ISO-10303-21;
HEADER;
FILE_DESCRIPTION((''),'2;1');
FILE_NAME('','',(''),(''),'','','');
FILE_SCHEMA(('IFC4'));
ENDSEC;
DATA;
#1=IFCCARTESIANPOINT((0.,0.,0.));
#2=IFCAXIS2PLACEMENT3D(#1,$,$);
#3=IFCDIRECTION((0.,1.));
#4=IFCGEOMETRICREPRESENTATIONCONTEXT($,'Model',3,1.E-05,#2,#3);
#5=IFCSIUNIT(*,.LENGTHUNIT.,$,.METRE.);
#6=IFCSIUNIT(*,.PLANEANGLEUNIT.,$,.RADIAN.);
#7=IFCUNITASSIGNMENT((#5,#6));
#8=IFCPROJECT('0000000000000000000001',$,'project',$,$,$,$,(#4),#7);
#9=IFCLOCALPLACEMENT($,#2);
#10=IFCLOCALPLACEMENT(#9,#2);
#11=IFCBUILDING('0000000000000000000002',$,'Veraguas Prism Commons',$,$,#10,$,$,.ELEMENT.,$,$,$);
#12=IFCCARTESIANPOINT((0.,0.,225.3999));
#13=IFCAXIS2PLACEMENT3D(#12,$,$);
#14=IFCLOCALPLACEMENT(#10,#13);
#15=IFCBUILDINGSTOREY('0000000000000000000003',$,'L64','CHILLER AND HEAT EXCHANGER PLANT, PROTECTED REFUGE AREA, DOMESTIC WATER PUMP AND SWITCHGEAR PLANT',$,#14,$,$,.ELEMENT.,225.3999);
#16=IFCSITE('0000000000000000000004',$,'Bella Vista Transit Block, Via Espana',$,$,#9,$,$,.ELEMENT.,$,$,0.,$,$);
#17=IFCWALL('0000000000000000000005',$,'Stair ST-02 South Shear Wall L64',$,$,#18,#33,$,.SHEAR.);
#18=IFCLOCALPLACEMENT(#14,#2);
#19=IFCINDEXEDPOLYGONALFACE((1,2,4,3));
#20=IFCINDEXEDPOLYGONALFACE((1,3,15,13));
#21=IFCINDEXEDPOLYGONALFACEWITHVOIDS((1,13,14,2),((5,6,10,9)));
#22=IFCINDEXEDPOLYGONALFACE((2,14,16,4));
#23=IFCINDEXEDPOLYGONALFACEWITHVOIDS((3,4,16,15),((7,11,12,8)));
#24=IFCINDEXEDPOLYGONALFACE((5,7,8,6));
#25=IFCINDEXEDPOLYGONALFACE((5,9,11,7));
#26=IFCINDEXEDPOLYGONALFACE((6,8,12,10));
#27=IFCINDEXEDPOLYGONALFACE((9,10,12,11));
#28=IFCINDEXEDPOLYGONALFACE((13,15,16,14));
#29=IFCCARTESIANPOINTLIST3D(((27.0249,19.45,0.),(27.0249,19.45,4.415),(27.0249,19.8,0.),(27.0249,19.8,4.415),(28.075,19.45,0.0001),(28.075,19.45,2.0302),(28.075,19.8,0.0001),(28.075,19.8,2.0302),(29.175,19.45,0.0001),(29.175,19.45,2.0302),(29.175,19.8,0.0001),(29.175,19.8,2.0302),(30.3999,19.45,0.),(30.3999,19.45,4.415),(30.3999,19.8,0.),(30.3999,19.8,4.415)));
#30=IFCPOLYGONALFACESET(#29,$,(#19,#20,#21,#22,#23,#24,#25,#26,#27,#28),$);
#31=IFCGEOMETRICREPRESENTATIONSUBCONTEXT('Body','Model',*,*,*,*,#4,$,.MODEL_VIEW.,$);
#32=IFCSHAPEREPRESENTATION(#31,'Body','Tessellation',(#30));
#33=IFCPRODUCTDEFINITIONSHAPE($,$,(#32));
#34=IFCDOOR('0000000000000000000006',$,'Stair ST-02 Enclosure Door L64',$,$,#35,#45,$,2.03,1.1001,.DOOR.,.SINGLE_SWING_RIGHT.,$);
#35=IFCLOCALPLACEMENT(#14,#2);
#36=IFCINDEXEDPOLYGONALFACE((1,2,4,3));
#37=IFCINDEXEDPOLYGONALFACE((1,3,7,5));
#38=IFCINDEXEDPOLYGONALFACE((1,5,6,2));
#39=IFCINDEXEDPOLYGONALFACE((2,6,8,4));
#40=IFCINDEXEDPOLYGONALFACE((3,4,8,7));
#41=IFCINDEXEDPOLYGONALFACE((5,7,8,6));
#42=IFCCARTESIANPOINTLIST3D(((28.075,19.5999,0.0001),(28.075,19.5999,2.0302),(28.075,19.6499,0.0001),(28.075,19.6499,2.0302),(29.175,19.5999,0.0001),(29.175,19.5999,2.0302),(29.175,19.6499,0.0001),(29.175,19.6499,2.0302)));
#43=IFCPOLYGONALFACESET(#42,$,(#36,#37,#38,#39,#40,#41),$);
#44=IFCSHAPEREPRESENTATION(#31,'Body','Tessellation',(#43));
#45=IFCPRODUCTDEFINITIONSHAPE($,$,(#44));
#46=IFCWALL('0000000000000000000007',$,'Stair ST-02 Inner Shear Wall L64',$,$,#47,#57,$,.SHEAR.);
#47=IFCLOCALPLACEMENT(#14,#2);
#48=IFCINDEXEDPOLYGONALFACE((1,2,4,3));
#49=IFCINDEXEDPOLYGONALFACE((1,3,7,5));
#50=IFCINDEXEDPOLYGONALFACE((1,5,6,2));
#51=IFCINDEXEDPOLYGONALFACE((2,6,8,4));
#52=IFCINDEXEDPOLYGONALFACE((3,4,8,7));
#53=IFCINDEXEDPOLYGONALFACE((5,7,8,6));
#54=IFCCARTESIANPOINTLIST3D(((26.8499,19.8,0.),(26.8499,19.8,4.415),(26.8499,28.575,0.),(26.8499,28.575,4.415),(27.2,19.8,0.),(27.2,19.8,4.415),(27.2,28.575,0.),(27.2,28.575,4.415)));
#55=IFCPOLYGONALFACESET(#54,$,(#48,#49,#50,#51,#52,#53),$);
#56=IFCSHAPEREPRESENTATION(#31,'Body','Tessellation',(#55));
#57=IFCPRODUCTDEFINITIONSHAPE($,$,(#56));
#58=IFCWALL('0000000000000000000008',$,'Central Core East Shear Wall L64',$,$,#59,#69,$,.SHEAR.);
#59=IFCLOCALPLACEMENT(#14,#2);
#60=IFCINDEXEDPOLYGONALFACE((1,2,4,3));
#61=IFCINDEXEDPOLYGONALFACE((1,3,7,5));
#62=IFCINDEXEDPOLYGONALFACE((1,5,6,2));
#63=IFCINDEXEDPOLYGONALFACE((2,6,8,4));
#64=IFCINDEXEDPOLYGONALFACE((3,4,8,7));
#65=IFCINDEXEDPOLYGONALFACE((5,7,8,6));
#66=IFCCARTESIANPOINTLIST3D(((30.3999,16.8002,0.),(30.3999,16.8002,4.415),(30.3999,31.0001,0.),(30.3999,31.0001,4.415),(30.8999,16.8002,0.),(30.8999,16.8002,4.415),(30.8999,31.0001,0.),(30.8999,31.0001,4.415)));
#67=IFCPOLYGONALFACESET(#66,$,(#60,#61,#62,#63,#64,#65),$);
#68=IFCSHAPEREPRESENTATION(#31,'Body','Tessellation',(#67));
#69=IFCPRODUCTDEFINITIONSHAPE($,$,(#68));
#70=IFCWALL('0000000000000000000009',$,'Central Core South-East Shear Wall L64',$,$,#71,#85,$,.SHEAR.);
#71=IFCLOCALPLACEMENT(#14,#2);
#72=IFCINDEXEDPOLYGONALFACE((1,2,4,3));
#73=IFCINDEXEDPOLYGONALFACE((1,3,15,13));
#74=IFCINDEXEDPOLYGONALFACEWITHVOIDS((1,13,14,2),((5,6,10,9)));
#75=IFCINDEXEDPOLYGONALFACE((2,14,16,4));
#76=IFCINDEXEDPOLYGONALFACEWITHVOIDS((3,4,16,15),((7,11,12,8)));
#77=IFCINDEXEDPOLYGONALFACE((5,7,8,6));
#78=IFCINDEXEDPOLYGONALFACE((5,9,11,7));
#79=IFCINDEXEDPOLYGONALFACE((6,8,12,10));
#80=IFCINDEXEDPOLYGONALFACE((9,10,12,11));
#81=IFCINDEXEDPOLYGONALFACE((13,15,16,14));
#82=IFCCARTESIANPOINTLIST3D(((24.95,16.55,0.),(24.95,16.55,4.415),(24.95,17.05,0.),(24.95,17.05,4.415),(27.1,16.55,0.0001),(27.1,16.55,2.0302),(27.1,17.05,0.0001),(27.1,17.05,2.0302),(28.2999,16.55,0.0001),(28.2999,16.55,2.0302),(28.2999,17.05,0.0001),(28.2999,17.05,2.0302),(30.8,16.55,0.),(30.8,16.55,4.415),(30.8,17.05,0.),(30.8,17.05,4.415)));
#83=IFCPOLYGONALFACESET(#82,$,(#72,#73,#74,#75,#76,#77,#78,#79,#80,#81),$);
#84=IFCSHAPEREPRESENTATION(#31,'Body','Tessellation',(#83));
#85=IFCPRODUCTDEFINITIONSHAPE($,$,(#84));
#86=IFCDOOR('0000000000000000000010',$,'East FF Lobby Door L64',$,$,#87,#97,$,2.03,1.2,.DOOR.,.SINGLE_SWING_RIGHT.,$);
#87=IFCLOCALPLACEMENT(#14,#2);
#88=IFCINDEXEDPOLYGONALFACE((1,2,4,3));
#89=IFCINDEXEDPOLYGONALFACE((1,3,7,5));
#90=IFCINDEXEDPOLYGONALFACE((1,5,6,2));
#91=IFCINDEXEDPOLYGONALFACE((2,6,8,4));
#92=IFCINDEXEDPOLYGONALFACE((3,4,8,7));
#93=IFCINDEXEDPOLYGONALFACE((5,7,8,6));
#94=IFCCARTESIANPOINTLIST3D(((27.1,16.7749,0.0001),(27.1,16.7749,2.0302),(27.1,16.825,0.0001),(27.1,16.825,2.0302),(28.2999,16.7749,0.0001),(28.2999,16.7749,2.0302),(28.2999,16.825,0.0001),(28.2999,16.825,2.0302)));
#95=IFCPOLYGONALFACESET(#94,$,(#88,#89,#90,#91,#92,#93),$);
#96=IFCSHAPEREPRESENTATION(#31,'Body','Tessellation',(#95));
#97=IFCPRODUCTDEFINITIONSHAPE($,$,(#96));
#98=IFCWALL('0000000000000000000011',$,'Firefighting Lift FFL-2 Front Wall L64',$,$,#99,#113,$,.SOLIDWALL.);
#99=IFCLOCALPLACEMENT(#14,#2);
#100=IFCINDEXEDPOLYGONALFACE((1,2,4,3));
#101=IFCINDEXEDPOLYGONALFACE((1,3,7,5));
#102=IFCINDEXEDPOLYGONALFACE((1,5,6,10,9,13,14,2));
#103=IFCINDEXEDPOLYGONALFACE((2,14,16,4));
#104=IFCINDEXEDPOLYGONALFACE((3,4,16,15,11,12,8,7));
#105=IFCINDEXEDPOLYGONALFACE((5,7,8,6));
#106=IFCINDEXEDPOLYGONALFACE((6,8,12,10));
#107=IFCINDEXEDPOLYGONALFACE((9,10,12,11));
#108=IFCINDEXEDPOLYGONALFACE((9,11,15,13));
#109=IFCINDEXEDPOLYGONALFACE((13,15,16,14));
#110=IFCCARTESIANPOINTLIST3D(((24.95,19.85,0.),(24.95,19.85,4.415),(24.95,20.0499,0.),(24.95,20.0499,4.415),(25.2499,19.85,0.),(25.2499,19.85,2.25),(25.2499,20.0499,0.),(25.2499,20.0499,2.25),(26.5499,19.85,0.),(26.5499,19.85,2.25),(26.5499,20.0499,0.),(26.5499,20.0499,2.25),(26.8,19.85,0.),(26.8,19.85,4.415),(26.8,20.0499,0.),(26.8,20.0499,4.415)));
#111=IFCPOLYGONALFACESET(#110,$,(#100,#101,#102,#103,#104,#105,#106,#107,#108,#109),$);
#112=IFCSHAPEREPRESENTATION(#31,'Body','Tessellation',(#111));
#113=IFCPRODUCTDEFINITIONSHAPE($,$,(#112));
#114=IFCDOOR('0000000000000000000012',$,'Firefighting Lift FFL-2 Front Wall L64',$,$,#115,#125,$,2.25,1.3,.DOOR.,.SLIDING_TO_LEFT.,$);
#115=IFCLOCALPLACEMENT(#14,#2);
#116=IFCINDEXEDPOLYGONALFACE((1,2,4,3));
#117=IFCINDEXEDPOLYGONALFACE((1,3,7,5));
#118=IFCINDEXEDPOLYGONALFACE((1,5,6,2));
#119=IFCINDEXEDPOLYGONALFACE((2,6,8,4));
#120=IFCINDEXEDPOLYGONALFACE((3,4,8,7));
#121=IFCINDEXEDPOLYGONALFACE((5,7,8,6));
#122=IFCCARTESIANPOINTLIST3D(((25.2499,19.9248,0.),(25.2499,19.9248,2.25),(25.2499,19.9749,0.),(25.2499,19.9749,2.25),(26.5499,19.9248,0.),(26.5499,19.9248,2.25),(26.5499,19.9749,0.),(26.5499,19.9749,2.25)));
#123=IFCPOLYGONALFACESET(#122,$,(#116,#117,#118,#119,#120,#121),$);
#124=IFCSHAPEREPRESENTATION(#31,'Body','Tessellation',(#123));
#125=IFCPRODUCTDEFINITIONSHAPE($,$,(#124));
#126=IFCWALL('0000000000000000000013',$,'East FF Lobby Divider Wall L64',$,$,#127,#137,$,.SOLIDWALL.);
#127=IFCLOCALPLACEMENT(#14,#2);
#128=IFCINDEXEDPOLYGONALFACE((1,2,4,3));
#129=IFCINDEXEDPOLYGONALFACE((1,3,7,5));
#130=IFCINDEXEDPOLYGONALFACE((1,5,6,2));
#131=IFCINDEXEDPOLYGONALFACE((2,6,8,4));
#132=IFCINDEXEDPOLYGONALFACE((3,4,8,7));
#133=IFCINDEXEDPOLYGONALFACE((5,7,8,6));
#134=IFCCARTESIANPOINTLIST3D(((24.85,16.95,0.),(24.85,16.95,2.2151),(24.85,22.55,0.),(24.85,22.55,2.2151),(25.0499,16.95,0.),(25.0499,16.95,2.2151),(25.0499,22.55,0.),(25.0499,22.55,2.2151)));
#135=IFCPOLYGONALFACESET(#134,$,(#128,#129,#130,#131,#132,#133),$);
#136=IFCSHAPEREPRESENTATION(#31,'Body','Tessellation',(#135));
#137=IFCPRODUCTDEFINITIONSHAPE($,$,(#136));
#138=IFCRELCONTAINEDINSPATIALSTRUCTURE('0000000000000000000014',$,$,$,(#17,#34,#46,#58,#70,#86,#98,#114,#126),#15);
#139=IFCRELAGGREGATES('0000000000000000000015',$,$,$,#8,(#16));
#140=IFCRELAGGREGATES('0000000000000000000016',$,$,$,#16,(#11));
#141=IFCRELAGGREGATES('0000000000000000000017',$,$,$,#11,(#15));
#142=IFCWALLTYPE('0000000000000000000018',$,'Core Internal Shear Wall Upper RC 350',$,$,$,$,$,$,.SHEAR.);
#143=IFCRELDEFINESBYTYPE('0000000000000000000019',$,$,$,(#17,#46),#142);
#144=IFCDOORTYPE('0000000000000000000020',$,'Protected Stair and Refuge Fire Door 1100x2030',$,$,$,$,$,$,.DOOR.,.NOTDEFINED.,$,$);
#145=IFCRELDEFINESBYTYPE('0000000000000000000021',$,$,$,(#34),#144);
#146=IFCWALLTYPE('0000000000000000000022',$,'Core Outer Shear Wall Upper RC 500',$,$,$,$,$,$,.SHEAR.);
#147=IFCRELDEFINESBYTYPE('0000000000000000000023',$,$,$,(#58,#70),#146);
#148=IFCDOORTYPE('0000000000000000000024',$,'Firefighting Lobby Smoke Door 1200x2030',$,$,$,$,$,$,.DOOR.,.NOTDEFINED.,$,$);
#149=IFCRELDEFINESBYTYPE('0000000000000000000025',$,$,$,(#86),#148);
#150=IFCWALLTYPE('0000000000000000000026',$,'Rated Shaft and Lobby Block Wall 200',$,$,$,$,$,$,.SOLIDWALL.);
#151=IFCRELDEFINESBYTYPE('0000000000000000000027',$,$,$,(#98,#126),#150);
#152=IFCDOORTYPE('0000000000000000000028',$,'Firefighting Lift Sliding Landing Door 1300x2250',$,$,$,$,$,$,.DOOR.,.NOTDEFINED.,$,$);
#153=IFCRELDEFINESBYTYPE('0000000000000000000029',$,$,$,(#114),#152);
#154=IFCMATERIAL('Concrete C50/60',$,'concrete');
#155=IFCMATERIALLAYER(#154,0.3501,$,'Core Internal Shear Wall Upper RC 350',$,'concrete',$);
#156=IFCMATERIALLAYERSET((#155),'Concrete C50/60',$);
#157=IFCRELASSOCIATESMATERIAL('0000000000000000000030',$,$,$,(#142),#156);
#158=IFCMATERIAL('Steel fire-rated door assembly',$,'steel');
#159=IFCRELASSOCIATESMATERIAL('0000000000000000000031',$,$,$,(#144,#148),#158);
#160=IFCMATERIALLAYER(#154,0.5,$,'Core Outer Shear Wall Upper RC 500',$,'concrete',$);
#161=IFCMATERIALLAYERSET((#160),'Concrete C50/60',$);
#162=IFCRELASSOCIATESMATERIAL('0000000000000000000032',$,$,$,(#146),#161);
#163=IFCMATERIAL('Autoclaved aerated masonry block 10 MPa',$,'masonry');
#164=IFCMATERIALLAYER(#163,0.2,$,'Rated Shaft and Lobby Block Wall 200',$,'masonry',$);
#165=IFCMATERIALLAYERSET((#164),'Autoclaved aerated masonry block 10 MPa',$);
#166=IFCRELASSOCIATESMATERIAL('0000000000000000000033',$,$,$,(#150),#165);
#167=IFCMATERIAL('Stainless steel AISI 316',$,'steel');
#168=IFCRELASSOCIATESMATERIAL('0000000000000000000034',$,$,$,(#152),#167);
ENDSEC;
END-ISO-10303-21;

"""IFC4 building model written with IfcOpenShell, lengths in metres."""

from ifc_helpers import new_model, si_unit, direction, frame, frame_2d, origin, place, context, subcontext, project, spatial, rectangle, extrude, source, transform, mapped, material, layer, layer_set, type_object, element, fill, save


model = new_model("IFC4")

# Units and contexts
model_context = context("Model", 3, precision=1e-05, world=origin(), true_north=direction((0.0, 1.0)))
body_context = subcontext(model_context, "Body", "Model", "MODEL_VIEW")
ifc_project = project(units=[si_unit("LENGTHUNIT", "METRE"), si_unit("PLANEANGLEUNIT", "RADIAN")], contexts=[model_context])

# Site, building, storey
site_placement = place(None, origin())
site = spatial("IfcSite", under=ifc_project, at=site_placement, Name="Bella Vista Transit Block, Via Espana", CompositionType="ELEMENT", RefElevation=0.0)
building_placement = place(site_placement, origin())
building = spatial("IfcBuilding", under=site, at=building_placement, Name="Veraguas Prism Commons", CompositionType="ELEMENT")
storey_placement = place(building_placement, frame((0.0, 0.0, 225.3999)))
storey = spatial("IfcBuildingStorey", under=building, at=storey_placement, Name="L64", Description="CHILLER AND HEAT EXCHANGER PLANT, PROTECTED REFUGE AREA, DOMESTIC WATER PUMP AND SWITCHGEAR PLANT", CompositionType="ELEMENT", Elevation=225.3999)

# Shared definitions
ifc_material_1 = material(Name="Concrete C50/60", Category="concrete")

# Wall, opening, door
ifc_layer_1 = layer(ifc_material_1, 0.3501, Name="Core Internal Shear Wall Upper RC 350", Category="concrete")
ifc_layer_set_1 = layer_set([ifc_layer_1], Name="Concrete C50/60")
wall_type_1 = type_object("IfcWallType", Name="Core Internal Shear Wall Upper RC 350", PredefinedType="SHEAR", material=ifc_layer_set_1)
wall_1_placement = place(storey_placement, frame((27.0249, 19.625, 0.0), z_axis=(0.0, 0.0, 1.0), x_axis=(1.0, 0.0, 0.0)))
wall_1 = element("IfcWall", 1, at=wall_1_placement, inside=storey, type_object=wall_type_1, Name="Stair ST-02 South Shear Wall L64", PredefinedType="SHEAR", context=body_context, shape_type="SweptSolid", body=[
    extrude(rectangle(XDim=3.375, YDim=0.3501, at=frame_2d((1.6875, 0.0))), origin(), (0.0, 0.0, 1.0), 4.415),
])
opening_1_placement = place(wall_1_placement, frame((1.05, 0.0, 0.0)))
opening_1 = element("IfcOpeningElement", 2, at=opening_1_placement, cuts=wall_1, PredefinedType="OPENING", context=body_context, shape_type="SweptSolid", body=[
    extrude(rectangle(XDim=1.1001, YDim=2.03, at=frame_2d((0.55, 1.0151))), frame((0.0, 0.1851, 0.0), z_axis=(0.0, -1.0, 0.0), x_axis=(1.0, 0.0, 0.0)), (0.0, 0.0, 1.0), 0.3701),
])
ifc_material_2 = material(Name="Steel fire-rated door assembly", Category="steel")
door_type_1 = type_object("IfcDoorType", Name="Protected Stair and Refuge Fire Door 1100x2030", OperationType="NOTDEFINED", PredefinedType="DOOR", material=ifc_material_2)
shared_shape_1 = source(origin(), body_context, "Body", "SweptSolid", [
    extrude(rectangle(XDim=1.1001, YDim=2.03, at=frame_2d((0.55, 1.0151))), frame((0.0, 0.0249, 0.0), z_axis=(0.0, -1.0, 0.0), x_axis=(1.0, 0.0, 0.0)), (0.0, 0.0, 1.0), 0.05),
])
door_1_placement = place(opening_1_placement, origin())
door_1 = element("IfcDoor", 3, at=door_1_placement, inside=storey, type_object=door_type_1, Name="Stair ST-02 Enclosure Door L64", OperationType="SINGLE_SWING_RIGHT", OverallHeight=2.03, OverallWidth=1.1001, PredefinedType="DOOR", context=body_context, shape_type="MappedRepresentation", body=[
    mapped(shared_shape_1, transform((0.0, 0.0, 0.0), scale=1.0)),
])
fill(opening_1, door_1)

# Walls
wall_2_placement = place(storey_placement, frame((27.0249, 19.8, 0.0), z_axis=(0.0, 0.0, 1.0), x_axis=(0.0, 1.0, 0.0)))
element("IfcWall", 4, at=wall_2_placement, inside=storey, type_object=wall_type_1, Name="Stair ST-02 Inner Shear Wall L64", PredefinedType="SHEAR", context=body_context, shape_type="SweptSolid", body=[
    extrude(rectangle(XDim=8.7749, YDim=0.3501, at=frame_2d((4.3875, 0.0))), origin(), (0.0, 0.0, 1.0), 4.415),
])
ifc_layer_2 = layer(ifc_material_1, 0.5, Name="Core Outer Shear Wall Upper RC 500", Category="concrete")
ifc_layer_set_2 = layer_set([ifc_layer_2], Name="Concrete C50/60")
wall_type_2 = type_object("IfcWallType", Name="Core Outer Shear Wall Upper RC 500", PredefinedType="SHEAR", material=ifc_layer_set_2)
wall_3_placement = place(storey_placement, frame((30.6499, 16.8, 0.0), z_axis=(0.0, 0.0, 1.0), x_axis=(0.0, 1.0, 0.0)))
element("IfcWall", 5, at=wall_3_placement, inside=storey, type_object=wall_type_2, Name="Central Core East Shear Wall L64", PredefinedType="SHEAR", context=body_context, shape_type="SweptSolid", body=[
    extrude(rectangle(XDim=14.2, YDim=0.5, at=frame_2d((7.1001, 0.0))), origin(), (0.0, 0.0, 1.0), 4.415),
])

# Walls, openings, doors
wall_4_placement = place(storey_placement, frame((24.95, 16.8, 0.0), z_axis=(0.0, 0.0, 1.0), x_axis=(1.0, 0.0, 0.0)))
wall_4 = element("IfcWall", 6, at=wall_4_placement, inside=storey, type_object=wall_type_2, Name="Central Core South-East Shear Wall L64", PredefinedType="SHEAR", context=body_context, shape_type="SweptSolid", body=[
    extrude(rectangle(XDim=5.8501, YDim=0.5, at=frame_2d((2.925, 0.0))), origin(), (0.0, 0.0, 1.0), 4.415),
])
opening_2_placement = place(wall_4_placement, frame((2.1499, 0.0, 0.0)))
opening_2 = element("IfcOpeningElement", 7, at=opening_2_placement, cuts=wall_4, PredefinedType="OPENING", context=body_context, shape_type="SweptSolid", body=[
    extrude(rectangle(XDim=1.2, YDim=2.03, at=frame_2d((0.6001, 1.0151))), frame((0.0, 0.26, 0.0), z_axis=(0.0, -1.0, 0.0), x_axis=(1.0, 0.0, 0.0)), (0.0, 0.0, 1.0), 0.52),
])
door_type_2 = type_object("IfcDoorType", Name="Firefighting Lobby Smoke Door 1200x2030", OperationType="NOTDEFINED", PredefinedType="DOOR", material=ifc_material_2)
shared_shape_2 = source(origin(), body_context, "Body", "SweptSolid", [
    extrude(rectangle(XDim=1.2, YDim=2.03, at=frame_2d((0.6001, 1.0151))), frame((0.0, 0.0249, 0.0), z_axis=(0.0, -1.0, 0.0), x_axis=(1.0, 0.0, 0.0)), (0.0, 0.0, 1.0), 0.05),
])
door_2_placement = place(opening_2_placement, origin())
door_2 = element("IfcDoor", 8, at=door_2_placement, inside=storey, type_object=door_type_2, Name="East FF Lobby Door L64", OperationType="SINGLE_SWING_RIGHT", OverallHeight=2.03, OverallWidth=1.2, PredefinedType="DOOR", context=body_context, shape_type="MappedRepresentation", body=[
    mapped(shared_shape_2, transform((0.0, 0.0, 0.0), scale=1.0)),
])
fill(opening_2, door_2)
ifc_material_3 = material(Name="Autoclaved aerated masonry block 10 MPa", Category="masonry")
ifc_layer_3 = layer(ifc_material_3, 0.2, Name="Rated Shaft and Lobby Block Wall 200", Category="masonry")
ifc_layer_set_3 = layer_set([ifc_layer_3], Name="Autoclaved aerated masonry block 10 MPa")
wall_type_3 = type_object("IfcWallType", Name="Rated Shaft and Lobby Block Wall 200", PredefinedType="SOLIDWALL", material=ifc_layer_set_3)
wall_5_placement = place(storey_placement, frame((24.95, 19.95, 0.0), z_axis=(0.0, 0.0, 1.0), x_axis=(1.0, 0.0, 0.0)))
wall_5 = element("IfcWall", 9, at=wall_5_placement, inside=storey, type_object=wall_type_3, Name="Firefighting Lift FFL-2 Front Wall L64", PredefinedType="SOLIDWALL", context=body_context, shape_type="SweptSolid", body=[
    extrude(rectangle(XDim=1.8501, YDim=0.2, at=frame_2d((0.925, 0.0))), origin(), (0.0, 0.0, 1.0), 4.415),
])
opening_3_placement = place(wall_5_placement, frame((0.3, 0.0, 0.0)))
opening_3 = element("IfcOpeningElement", 10, at=opening_3_placement, cuts=wall_5, PredefinedType="OPENING", context=body_context, shape_type="SweptSolid", body=[
    extrude(rectangle(XDim=1.3, YDim=2.25, at=frame_2d((0.6499, 1.125))), frame((0.0, 0.1099, 0.0), z_axis=(0.0, -1.0, 0.0), x_axis=(1.0, 0.0, 0.0)), (0.0, 0.0, 1.0), 0.22),
])
ifc_material_4 = material(Name="Stainless steel AISI 316", Category="steel")
door_type_3 = type_object("IfcDoorType", Name="Firefighting Lift Sliding Landing Door 1300x2250", OperationType="NOTDEFINED", PredefinedType="DOOR", material=ifc_material_4)
shared_shape_3 = source(origin(), body_context, "Body", "SweptSolid", [
    extrude(rectangle(XDim=1.3, YDim=2.25, at=frame_2d((0.6499, 1.125))), frame((0.0, 0.0249, 0.0), z_axis=(0.0, -1.0, 0.0), x_axis=(1.0, 0.0, 0.0)), (0.0, 0.0, 1.0), 0.05),
])
door_3_placement = place(opening_3_placement, origin())
door_3 = element("IfcDoor", 11, at=door_3_placement, inside=storey, type_object=door_type_3, Name="Firefighting Lift FFL-2 Front Wall L64", OperationType="SLIDING_TO_LEFT", OverallHeight=2.25, OverallWidth=1.3, PredefinedType="DOOR", context=body_context, shape_type="MappedRepresentation", body=[
    mapped(shared_shape_3, transform((0.0, 0.0, 0.0), scale=1.0)),
])
fill(opening_3, door_3)

# Wall
wall_6_placement = place(storey_placement, frame((24.95, 16.95, 0.0), z_axis=(0.0, 0.0, 1.0), x_axis=(0.0, 1.0, 0.0)))
element("IfcWall", 12, at=wall_6_placement, inside=storey, type_object=wall_type_3, Name="East FF Lobby Divider Wall L64", PredefinedType="SOLIDWALL", context=body_context, shape_type="SweptSolid", body=[
    extrude(rectangle(XDim=5.6001, YDim=0.2, at=frame_2d((2.8, 0.0))), origin(), (0.0, 0.0, 1.0), 2.2151),
])

save(model, "model.ifc")
